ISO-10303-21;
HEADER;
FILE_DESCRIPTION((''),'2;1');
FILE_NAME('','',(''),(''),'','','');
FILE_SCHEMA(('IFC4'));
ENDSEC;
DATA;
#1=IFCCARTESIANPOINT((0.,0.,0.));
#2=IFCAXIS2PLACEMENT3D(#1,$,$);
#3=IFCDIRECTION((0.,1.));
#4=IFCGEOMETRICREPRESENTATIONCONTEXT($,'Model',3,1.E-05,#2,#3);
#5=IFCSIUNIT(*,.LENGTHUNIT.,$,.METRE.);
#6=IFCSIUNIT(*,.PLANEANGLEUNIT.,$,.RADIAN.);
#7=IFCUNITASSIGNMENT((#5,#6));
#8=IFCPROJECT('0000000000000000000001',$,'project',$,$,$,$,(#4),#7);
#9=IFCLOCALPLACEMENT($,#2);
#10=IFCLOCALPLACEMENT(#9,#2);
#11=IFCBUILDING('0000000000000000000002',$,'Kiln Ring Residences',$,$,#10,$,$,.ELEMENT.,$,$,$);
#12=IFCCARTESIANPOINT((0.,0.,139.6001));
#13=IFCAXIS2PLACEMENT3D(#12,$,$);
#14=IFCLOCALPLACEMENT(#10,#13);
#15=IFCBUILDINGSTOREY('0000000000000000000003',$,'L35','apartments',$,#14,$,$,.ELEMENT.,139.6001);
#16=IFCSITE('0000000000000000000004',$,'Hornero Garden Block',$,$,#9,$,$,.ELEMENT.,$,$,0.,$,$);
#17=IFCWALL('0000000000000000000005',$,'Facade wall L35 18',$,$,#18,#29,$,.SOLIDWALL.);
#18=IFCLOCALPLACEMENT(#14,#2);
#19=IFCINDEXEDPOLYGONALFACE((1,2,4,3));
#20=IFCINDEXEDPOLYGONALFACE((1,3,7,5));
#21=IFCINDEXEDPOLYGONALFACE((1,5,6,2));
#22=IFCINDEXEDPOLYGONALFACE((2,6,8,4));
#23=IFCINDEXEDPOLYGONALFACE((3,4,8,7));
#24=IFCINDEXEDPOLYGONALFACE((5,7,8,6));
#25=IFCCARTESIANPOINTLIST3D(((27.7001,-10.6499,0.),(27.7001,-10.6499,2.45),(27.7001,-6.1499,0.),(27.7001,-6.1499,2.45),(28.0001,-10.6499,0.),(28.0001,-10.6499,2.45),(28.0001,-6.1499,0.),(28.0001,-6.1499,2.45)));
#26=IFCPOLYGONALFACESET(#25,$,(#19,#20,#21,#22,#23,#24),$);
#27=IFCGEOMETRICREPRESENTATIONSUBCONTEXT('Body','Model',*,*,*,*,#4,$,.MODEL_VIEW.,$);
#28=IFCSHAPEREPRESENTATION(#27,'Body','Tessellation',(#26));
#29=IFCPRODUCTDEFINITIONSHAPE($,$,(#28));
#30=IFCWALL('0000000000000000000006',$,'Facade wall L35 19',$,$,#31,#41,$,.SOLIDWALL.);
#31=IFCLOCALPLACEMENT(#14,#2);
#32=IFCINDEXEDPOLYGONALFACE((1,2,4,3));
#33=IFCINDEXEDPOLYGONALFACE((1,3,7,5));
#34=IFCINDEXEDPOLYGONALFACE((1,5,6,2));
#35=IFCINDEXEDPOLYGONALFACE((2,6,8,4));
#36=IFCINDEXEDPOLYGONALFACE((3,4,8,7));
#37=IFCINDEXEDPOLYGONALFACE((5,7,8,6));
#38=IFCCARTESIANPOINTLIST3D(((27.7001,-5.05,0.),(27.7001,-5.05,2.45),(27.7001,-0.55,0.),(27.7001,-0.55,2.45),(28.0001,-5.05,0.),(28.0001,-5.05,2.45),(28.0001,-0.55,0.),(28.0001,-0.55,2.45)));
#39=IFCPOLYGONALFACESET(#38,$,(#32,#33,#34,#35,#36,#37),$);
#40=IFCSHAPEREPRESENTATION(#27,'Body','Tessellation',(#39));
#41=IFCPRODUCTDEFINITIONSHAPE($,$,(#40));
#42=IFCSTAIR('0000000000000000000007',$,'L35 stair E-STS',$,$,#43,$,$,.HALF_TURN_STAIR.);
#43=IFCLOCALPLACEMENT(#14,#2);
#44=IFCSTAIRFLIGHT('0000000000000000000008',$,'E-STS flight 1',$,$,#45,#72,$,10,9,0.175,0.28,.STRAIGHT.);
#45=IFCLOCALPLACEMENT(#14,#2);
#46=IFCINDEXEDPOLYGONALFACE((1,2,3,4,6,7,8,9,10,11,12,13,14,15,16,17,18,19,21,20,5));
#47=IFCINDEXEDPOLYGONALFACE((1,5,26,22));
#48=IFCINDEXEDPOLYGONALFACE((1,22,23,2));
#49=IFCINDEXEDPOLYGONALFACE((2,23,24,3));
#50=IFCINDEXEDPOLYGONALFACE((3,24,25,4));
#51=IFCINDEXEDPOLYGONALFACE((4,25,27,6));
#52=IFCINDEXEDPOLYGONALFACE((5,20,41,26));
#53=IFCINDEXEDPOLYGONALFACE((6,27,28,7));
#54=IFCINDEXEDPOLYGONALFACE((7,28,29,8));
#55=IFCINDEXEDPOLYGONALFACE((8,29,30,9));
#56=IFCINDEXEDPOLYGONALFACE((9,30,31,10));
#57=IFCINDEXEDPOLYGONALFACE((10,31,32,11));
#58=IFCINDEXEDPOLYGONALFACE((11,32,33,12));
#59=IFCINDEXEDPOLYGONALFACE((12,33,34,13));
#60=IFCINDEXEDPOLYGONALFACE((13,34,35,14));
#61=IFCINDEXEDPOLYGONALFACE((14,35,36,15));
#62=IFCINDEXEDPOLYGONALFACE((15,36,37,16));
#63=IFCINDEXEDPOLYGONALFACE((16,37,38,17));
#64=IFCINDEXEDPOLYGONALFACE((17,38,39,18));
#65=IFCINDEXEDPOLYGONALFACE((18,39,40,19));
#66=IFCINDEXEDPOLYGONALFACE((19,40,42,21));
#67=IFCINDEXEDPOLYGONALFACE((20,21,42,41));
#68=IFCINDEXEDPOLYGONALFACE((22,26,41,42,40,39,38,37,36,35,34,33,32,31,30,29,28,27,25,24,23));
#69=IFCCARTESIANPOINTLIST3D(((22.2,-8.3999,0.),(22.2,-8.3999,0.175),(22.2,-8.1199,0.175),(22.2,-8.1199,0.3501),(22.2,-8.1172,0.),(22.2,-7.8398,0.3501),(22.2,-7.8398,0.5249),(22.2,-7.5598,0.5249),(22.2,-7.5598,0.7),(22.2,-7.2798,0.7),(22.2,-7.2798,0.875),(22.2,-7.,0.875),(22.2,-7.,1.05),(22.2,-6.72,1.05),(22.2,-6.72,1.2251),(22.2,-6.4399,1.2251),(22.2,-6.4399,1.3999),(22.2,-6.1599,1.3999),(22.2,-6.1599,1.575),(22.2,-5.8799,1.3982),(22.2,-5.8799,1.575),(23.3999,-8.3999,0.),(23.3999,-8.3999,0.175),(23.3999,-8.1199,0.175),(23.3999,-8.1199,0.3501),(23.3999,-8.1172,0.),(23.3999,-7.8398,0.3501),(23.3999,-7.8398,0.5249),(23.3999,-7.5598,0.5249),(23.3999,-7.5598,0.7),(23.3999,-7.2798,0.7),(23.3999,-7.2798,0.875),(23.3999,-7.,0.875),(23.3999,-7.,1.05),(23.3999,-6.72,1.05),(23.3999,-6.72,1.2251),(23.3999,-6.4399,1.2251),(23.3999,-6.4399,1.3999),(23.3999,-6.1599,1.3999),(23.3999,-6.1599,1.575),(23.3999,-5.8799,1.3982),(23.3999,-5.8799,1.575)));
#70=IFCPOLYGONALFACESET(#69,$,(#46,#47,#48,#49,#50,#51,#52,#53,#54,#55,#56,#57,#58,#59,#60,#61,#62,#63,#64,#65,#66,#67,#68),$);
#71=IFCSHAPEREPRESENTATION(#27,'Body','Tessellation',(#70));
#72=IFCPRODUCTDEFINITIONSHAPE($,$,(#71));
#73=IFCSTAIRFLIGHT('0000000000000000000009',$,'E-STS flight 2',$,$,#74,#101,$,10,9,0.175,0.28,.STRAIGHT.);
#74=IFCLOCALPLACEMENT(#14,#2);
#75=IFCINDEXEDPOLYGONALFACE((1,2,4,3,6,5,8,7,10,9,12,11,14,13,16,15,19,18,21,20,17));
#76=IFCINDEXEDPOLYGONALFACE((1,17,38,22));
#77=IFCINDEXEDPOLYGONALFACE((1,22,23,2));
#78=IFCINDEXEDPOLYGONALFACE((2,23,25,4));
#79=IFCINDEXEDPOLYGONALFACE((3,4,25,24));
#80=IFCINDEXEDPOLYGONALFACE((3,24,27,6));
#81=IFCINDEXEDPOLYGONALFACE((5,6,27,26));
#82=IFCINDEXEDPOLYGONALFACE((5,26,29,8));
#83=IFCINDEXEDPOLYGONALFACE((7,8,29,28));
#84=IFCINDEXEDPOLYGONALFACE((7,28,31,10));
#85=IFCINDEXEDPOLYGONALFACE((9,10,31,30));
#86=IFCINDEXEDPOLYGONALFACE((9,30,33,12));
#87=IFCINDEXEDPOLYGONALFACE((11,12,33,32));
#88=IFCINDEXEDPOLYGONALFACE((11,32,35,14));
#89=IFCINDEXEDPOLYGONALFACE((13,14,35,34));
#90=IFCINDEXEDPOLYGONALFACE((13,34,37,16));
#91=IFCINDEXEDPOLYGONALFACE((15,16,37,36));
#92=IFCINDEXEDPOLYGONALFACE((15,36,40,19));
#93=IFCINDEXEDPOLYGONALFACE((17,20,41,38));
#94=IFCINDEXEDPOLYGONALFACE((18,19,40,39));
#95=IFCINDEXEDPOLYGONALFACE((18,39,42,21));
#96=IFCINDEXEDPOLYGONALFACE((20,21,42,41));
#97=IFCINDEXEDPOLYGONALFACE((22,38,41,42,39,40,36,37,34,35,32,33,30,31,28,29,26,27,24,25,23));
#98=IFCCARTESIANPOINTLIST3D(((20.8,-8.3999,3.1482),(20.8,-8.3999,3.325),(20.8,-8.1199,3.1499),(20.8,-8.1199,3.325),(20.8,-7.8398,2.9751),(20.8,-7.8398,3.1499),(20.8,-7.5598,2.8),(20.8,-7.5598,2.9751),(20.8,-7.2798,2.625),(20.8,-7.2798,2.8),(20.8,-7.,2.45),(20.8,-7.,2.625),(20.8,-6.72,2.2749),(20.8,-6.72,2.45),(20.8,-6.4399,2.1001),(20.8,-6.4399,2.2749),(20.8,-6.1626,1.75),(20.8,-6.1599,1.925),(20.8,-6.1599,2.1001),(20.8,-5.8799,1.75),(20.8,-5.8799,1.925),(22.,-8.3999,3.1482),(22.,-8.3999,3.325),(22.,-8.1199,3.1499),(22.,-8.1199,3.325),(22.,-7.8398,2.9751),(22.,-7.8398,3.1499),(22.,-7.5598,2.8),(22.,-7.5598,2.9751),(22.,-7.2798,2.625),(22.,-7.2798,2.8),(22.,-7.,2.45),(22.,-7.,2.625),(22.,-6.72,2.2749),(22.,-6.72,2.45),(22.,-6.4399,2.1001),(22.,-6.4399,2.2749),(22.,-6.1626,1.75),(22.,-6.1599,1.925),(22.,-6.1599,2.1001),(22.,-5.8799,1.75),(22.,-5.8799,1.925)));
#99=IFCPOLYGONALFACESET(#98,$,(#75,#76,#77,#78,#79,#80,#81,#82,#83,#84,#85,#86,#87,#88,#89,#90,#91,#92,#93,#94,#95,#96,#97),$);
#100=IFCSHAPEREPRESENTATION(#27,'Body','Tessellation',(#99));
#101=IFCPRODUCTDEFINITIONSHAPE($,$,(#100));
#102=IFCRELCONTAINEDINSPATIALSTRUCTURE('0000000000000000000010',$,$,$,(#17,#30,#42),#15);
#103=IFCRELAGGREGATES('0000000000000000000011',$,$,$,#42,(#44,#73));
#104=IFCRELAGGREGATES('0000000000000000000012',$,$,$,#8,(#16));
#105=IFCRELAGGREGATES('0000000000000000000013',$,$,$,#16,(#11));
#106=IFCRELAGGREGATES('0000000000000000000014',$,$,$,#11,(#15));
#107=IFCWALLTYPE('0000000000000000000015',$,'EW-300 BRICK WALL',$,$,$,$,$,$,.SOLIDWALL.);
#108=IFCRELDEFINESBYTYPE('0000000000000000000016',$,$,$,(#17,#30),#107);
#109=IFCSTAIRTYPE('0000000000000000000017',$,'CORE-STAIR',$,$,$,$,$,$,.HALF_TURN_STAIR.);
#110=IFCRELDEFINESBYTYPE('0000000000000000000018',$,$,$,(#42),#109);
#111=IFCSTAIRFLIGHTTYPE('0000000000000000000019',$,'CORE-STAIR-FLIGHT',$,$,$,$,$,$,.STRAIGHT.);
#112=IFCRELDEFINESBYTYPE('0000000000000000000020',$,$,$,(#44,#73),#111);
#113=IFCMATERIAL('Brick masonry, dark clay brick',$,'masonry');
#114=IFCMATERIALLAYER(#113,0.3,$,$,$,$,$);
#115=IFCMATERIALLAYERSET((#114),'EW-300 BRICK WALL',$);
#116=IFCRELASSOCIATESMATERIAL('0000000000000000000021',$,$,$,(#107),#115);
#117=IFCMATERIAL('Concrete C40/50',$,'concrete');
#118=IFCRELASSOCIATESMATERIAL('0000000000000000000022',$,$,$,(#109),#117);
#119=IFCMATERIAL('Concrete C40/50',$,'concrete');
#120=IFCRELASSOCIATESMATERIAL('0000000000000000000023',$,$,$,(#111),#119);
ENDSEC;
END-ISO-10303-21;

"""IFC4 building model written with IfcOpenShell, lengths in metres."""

from ifc_helpers import new_model, si_unit, direction, frame, frame_2d, origin, place, context, subcontext, project, spatial, polyline, rectangle, outline, extrude, material, layer, layer_set, type_object, element, aggregate, save


model = new_model("IFC4")

# Units and contexts
model_context = context("Model", 3, precision=1e-05, world=origin(), true_north=direction((0.0, 1.0)))
body_context = subcontext(model_context, "Body", "Model", "MODEL_VIEW")
ifc_project = project(units=[si_unit("LENGTHUNIT", "METRE"), si_unit("PLANEANGLEUNIT", "RADIAN")], contexts=[model_context])

# Site, building, storey
site_placement = place(None, origin())
site = spatial("IfcSite", under=ifc_project, at=site_placement, Name="Hornero Garden Block", CompositionType="ELEMENT", RefElevation=0.0)
building_placement = place(site_placement, origin())
building = spatial("IfcBuilding", under=site, at=building_placement, Name="Kiln Ring Residences", CompositionType="ELEMENT")
storey_placement = place(building_placement, frame((0.0, 0.0, 139.6001)))
storey = spatial("IfcBuildingStorey", under=building, at=storey_placement, Name="L35", Description="apartments", CompositionType="ELEMENT", Elevation=139.6001)

# Walls
ifc_material_1 = material(Name="Brick masonry, dark clay brick", Category="masonry")
ifc_layer_1 = layer(ifc_material_1, 0.3)
ifc_layer_set_1 = layer_set([ifc_layer_1], Name="EW-300 BRICK WALL")
wall_type_1 = type_object("IfcWallType", Name="EW-300 BRICK WALL", PredefinedType="SOLIDWALL", material=ifc_layer_set_1)
for number, where, z_axis, x_axis, name in (
    (1, (27.8501, -10.6499, 0.0), (0.0, 0.0, 1.0), (0.0, 1.0, 0.0), "Facade wall L35 18"),
    (2, (27.8501, -5.05, 0.0), (0.0, 0.0, 1.0), (0.0, 1.0, 0.0), "Facade wall L35 19"),
):
    element("IfcWall", number, at=place(storey_placement, frame(where, z_axis=z_axis, x_axis=x_axis)), inside=storey, type_object=wall_type_1, Name=name, PredefinedType="SOLIDWALL", context=body_context, shape_type="SweptSolid", body=[
        extrude(rectangle(XDim=4.5, YDim=0.3, at=frame_2d((2.25, 0.0))), origin(), (0.0, 0.0, 1.0), 2.45),
    ])

# Stair, stair flights
ifc_material_2 = material(Name="Concrete C40/50", Category="concrete")
stair_type = type_object("IfcStairType", Name="CORE-STAIR", PredefinedType="HALF_TURN_STAIR", material=ifc_material_2)
stair_placement = place(storey_placement, origin())
stair = element("IfcStair", 3, at=stair_placement, inside=storey, type_object=stair_type, Name="L35 stair E-STS", PredefinedType="HALF_TURN_STAIR")
ifc_material_3 = material(Name="Concrete C40/50", Category="concrete")
stair_flight_type = type_object("IfcStairFlightType", Name="CORE-STAIR-FLIGHT", PredefinedType="STRAIGHT", material=ifc_material_3)
stair_flight_1_placement = place(storey_placement, frame((22.8, -8.3999, 0.0), z_axis=(0.0, 0.0, 1.0), x_axis=(0.0, 1.0, 0.0)))
stair_flight_1 = element("IfcStairFlight", 4, at=stair_flight_1_placement, type_object=stair_flight_type, Name="E-STS flight 1", NumberOfRisers=10, NumberOfTreads=9, PredefinedType="STRAIGHT", RiserHeight=0.175, TreadLength=0.28, context=body_context, shape_type="SweptSolid", body=[
    extrude(outline(polyline([(0.0, 0.0), (0.0, 0.175), (0.28, 0.175), (0.28, 0.3501), (0.5601, 0.3501), (0.5601, 0.5249), (0.8401, 0.5249), (0.8401, 0.7), (1.1201, 0.7), (1.1201, 0.875), (1.3999, 0.875), (1.3999, 1.05), (1.6799, 1.05), (1.6799, 1.2251), (1.96, 1.2251), (1.96, 1.3999), (2.24, 1.3999), (2.24, 1.575), (2.52, 1.575), (2.52, 1.75), (2.52, 1.3982), (0.2827, 0.0), (0.0, 0.0)])), frame((0.0, 0.6001, 0.0), z_axis=(0.0, -1.0, 0.0), x_axis=(1.0, 0.0, 0.0)), (0.0, 0.0, 1.0), 1.2),
])
stair_flight_2_placement = place(storey_placement, frame((21.3999, -5.8799, 1.75), z_axis=(0.0, 0.0, 1.0), x_axis=(0.0, -1.0, 0.0)))
stair_flight_2 = element("IfcStairFlight", 5, at=stair_flight_2_placement, type_object=stair_flight_type, Name="E-STS flight 2", NumberOfRisers=10, NumberOfTreads=9, PredefinedType="STRAIGHT", RiserHeight=0.175, TreadLength=0.28, context=body_context, shape_type="SweptSolid", body=[
    extrude(outline(polyline([(0.0, 0.0), (0.0, 0.175), (0.28, 0.175), (0.28, 0.3501), (0.5601, 0.3501), (0.5601, 0.5249), (0.8401, 0.5249), (0.8401, 0.7), (1.1201, 0.7), (1.1201, 0.875), (1.3999, 0.875), (1.3999, 1.05), (1.6799, 1.05), (1.6799, 1.2251), (1.96, 1.2251), (1.96, 1.3999), (2.24, 1.3999), (2.24, 1.575), (2.52, 1.575), (2.52, 1.75), (2.52, 1.3982), (0.2827, 0.0), (0.0, 0.0)])), frame((0.0, 0.6001, 0.0), z_axis=(0.0, -1.0, 0.0), x_axis=(1.0, 0.0, 0.0)), (0.0, 0.0, 1.0), 1.2),
])
aggregate(stair, [stair_flight_1, stair_flight_2])

save(model, "model.ifc")
